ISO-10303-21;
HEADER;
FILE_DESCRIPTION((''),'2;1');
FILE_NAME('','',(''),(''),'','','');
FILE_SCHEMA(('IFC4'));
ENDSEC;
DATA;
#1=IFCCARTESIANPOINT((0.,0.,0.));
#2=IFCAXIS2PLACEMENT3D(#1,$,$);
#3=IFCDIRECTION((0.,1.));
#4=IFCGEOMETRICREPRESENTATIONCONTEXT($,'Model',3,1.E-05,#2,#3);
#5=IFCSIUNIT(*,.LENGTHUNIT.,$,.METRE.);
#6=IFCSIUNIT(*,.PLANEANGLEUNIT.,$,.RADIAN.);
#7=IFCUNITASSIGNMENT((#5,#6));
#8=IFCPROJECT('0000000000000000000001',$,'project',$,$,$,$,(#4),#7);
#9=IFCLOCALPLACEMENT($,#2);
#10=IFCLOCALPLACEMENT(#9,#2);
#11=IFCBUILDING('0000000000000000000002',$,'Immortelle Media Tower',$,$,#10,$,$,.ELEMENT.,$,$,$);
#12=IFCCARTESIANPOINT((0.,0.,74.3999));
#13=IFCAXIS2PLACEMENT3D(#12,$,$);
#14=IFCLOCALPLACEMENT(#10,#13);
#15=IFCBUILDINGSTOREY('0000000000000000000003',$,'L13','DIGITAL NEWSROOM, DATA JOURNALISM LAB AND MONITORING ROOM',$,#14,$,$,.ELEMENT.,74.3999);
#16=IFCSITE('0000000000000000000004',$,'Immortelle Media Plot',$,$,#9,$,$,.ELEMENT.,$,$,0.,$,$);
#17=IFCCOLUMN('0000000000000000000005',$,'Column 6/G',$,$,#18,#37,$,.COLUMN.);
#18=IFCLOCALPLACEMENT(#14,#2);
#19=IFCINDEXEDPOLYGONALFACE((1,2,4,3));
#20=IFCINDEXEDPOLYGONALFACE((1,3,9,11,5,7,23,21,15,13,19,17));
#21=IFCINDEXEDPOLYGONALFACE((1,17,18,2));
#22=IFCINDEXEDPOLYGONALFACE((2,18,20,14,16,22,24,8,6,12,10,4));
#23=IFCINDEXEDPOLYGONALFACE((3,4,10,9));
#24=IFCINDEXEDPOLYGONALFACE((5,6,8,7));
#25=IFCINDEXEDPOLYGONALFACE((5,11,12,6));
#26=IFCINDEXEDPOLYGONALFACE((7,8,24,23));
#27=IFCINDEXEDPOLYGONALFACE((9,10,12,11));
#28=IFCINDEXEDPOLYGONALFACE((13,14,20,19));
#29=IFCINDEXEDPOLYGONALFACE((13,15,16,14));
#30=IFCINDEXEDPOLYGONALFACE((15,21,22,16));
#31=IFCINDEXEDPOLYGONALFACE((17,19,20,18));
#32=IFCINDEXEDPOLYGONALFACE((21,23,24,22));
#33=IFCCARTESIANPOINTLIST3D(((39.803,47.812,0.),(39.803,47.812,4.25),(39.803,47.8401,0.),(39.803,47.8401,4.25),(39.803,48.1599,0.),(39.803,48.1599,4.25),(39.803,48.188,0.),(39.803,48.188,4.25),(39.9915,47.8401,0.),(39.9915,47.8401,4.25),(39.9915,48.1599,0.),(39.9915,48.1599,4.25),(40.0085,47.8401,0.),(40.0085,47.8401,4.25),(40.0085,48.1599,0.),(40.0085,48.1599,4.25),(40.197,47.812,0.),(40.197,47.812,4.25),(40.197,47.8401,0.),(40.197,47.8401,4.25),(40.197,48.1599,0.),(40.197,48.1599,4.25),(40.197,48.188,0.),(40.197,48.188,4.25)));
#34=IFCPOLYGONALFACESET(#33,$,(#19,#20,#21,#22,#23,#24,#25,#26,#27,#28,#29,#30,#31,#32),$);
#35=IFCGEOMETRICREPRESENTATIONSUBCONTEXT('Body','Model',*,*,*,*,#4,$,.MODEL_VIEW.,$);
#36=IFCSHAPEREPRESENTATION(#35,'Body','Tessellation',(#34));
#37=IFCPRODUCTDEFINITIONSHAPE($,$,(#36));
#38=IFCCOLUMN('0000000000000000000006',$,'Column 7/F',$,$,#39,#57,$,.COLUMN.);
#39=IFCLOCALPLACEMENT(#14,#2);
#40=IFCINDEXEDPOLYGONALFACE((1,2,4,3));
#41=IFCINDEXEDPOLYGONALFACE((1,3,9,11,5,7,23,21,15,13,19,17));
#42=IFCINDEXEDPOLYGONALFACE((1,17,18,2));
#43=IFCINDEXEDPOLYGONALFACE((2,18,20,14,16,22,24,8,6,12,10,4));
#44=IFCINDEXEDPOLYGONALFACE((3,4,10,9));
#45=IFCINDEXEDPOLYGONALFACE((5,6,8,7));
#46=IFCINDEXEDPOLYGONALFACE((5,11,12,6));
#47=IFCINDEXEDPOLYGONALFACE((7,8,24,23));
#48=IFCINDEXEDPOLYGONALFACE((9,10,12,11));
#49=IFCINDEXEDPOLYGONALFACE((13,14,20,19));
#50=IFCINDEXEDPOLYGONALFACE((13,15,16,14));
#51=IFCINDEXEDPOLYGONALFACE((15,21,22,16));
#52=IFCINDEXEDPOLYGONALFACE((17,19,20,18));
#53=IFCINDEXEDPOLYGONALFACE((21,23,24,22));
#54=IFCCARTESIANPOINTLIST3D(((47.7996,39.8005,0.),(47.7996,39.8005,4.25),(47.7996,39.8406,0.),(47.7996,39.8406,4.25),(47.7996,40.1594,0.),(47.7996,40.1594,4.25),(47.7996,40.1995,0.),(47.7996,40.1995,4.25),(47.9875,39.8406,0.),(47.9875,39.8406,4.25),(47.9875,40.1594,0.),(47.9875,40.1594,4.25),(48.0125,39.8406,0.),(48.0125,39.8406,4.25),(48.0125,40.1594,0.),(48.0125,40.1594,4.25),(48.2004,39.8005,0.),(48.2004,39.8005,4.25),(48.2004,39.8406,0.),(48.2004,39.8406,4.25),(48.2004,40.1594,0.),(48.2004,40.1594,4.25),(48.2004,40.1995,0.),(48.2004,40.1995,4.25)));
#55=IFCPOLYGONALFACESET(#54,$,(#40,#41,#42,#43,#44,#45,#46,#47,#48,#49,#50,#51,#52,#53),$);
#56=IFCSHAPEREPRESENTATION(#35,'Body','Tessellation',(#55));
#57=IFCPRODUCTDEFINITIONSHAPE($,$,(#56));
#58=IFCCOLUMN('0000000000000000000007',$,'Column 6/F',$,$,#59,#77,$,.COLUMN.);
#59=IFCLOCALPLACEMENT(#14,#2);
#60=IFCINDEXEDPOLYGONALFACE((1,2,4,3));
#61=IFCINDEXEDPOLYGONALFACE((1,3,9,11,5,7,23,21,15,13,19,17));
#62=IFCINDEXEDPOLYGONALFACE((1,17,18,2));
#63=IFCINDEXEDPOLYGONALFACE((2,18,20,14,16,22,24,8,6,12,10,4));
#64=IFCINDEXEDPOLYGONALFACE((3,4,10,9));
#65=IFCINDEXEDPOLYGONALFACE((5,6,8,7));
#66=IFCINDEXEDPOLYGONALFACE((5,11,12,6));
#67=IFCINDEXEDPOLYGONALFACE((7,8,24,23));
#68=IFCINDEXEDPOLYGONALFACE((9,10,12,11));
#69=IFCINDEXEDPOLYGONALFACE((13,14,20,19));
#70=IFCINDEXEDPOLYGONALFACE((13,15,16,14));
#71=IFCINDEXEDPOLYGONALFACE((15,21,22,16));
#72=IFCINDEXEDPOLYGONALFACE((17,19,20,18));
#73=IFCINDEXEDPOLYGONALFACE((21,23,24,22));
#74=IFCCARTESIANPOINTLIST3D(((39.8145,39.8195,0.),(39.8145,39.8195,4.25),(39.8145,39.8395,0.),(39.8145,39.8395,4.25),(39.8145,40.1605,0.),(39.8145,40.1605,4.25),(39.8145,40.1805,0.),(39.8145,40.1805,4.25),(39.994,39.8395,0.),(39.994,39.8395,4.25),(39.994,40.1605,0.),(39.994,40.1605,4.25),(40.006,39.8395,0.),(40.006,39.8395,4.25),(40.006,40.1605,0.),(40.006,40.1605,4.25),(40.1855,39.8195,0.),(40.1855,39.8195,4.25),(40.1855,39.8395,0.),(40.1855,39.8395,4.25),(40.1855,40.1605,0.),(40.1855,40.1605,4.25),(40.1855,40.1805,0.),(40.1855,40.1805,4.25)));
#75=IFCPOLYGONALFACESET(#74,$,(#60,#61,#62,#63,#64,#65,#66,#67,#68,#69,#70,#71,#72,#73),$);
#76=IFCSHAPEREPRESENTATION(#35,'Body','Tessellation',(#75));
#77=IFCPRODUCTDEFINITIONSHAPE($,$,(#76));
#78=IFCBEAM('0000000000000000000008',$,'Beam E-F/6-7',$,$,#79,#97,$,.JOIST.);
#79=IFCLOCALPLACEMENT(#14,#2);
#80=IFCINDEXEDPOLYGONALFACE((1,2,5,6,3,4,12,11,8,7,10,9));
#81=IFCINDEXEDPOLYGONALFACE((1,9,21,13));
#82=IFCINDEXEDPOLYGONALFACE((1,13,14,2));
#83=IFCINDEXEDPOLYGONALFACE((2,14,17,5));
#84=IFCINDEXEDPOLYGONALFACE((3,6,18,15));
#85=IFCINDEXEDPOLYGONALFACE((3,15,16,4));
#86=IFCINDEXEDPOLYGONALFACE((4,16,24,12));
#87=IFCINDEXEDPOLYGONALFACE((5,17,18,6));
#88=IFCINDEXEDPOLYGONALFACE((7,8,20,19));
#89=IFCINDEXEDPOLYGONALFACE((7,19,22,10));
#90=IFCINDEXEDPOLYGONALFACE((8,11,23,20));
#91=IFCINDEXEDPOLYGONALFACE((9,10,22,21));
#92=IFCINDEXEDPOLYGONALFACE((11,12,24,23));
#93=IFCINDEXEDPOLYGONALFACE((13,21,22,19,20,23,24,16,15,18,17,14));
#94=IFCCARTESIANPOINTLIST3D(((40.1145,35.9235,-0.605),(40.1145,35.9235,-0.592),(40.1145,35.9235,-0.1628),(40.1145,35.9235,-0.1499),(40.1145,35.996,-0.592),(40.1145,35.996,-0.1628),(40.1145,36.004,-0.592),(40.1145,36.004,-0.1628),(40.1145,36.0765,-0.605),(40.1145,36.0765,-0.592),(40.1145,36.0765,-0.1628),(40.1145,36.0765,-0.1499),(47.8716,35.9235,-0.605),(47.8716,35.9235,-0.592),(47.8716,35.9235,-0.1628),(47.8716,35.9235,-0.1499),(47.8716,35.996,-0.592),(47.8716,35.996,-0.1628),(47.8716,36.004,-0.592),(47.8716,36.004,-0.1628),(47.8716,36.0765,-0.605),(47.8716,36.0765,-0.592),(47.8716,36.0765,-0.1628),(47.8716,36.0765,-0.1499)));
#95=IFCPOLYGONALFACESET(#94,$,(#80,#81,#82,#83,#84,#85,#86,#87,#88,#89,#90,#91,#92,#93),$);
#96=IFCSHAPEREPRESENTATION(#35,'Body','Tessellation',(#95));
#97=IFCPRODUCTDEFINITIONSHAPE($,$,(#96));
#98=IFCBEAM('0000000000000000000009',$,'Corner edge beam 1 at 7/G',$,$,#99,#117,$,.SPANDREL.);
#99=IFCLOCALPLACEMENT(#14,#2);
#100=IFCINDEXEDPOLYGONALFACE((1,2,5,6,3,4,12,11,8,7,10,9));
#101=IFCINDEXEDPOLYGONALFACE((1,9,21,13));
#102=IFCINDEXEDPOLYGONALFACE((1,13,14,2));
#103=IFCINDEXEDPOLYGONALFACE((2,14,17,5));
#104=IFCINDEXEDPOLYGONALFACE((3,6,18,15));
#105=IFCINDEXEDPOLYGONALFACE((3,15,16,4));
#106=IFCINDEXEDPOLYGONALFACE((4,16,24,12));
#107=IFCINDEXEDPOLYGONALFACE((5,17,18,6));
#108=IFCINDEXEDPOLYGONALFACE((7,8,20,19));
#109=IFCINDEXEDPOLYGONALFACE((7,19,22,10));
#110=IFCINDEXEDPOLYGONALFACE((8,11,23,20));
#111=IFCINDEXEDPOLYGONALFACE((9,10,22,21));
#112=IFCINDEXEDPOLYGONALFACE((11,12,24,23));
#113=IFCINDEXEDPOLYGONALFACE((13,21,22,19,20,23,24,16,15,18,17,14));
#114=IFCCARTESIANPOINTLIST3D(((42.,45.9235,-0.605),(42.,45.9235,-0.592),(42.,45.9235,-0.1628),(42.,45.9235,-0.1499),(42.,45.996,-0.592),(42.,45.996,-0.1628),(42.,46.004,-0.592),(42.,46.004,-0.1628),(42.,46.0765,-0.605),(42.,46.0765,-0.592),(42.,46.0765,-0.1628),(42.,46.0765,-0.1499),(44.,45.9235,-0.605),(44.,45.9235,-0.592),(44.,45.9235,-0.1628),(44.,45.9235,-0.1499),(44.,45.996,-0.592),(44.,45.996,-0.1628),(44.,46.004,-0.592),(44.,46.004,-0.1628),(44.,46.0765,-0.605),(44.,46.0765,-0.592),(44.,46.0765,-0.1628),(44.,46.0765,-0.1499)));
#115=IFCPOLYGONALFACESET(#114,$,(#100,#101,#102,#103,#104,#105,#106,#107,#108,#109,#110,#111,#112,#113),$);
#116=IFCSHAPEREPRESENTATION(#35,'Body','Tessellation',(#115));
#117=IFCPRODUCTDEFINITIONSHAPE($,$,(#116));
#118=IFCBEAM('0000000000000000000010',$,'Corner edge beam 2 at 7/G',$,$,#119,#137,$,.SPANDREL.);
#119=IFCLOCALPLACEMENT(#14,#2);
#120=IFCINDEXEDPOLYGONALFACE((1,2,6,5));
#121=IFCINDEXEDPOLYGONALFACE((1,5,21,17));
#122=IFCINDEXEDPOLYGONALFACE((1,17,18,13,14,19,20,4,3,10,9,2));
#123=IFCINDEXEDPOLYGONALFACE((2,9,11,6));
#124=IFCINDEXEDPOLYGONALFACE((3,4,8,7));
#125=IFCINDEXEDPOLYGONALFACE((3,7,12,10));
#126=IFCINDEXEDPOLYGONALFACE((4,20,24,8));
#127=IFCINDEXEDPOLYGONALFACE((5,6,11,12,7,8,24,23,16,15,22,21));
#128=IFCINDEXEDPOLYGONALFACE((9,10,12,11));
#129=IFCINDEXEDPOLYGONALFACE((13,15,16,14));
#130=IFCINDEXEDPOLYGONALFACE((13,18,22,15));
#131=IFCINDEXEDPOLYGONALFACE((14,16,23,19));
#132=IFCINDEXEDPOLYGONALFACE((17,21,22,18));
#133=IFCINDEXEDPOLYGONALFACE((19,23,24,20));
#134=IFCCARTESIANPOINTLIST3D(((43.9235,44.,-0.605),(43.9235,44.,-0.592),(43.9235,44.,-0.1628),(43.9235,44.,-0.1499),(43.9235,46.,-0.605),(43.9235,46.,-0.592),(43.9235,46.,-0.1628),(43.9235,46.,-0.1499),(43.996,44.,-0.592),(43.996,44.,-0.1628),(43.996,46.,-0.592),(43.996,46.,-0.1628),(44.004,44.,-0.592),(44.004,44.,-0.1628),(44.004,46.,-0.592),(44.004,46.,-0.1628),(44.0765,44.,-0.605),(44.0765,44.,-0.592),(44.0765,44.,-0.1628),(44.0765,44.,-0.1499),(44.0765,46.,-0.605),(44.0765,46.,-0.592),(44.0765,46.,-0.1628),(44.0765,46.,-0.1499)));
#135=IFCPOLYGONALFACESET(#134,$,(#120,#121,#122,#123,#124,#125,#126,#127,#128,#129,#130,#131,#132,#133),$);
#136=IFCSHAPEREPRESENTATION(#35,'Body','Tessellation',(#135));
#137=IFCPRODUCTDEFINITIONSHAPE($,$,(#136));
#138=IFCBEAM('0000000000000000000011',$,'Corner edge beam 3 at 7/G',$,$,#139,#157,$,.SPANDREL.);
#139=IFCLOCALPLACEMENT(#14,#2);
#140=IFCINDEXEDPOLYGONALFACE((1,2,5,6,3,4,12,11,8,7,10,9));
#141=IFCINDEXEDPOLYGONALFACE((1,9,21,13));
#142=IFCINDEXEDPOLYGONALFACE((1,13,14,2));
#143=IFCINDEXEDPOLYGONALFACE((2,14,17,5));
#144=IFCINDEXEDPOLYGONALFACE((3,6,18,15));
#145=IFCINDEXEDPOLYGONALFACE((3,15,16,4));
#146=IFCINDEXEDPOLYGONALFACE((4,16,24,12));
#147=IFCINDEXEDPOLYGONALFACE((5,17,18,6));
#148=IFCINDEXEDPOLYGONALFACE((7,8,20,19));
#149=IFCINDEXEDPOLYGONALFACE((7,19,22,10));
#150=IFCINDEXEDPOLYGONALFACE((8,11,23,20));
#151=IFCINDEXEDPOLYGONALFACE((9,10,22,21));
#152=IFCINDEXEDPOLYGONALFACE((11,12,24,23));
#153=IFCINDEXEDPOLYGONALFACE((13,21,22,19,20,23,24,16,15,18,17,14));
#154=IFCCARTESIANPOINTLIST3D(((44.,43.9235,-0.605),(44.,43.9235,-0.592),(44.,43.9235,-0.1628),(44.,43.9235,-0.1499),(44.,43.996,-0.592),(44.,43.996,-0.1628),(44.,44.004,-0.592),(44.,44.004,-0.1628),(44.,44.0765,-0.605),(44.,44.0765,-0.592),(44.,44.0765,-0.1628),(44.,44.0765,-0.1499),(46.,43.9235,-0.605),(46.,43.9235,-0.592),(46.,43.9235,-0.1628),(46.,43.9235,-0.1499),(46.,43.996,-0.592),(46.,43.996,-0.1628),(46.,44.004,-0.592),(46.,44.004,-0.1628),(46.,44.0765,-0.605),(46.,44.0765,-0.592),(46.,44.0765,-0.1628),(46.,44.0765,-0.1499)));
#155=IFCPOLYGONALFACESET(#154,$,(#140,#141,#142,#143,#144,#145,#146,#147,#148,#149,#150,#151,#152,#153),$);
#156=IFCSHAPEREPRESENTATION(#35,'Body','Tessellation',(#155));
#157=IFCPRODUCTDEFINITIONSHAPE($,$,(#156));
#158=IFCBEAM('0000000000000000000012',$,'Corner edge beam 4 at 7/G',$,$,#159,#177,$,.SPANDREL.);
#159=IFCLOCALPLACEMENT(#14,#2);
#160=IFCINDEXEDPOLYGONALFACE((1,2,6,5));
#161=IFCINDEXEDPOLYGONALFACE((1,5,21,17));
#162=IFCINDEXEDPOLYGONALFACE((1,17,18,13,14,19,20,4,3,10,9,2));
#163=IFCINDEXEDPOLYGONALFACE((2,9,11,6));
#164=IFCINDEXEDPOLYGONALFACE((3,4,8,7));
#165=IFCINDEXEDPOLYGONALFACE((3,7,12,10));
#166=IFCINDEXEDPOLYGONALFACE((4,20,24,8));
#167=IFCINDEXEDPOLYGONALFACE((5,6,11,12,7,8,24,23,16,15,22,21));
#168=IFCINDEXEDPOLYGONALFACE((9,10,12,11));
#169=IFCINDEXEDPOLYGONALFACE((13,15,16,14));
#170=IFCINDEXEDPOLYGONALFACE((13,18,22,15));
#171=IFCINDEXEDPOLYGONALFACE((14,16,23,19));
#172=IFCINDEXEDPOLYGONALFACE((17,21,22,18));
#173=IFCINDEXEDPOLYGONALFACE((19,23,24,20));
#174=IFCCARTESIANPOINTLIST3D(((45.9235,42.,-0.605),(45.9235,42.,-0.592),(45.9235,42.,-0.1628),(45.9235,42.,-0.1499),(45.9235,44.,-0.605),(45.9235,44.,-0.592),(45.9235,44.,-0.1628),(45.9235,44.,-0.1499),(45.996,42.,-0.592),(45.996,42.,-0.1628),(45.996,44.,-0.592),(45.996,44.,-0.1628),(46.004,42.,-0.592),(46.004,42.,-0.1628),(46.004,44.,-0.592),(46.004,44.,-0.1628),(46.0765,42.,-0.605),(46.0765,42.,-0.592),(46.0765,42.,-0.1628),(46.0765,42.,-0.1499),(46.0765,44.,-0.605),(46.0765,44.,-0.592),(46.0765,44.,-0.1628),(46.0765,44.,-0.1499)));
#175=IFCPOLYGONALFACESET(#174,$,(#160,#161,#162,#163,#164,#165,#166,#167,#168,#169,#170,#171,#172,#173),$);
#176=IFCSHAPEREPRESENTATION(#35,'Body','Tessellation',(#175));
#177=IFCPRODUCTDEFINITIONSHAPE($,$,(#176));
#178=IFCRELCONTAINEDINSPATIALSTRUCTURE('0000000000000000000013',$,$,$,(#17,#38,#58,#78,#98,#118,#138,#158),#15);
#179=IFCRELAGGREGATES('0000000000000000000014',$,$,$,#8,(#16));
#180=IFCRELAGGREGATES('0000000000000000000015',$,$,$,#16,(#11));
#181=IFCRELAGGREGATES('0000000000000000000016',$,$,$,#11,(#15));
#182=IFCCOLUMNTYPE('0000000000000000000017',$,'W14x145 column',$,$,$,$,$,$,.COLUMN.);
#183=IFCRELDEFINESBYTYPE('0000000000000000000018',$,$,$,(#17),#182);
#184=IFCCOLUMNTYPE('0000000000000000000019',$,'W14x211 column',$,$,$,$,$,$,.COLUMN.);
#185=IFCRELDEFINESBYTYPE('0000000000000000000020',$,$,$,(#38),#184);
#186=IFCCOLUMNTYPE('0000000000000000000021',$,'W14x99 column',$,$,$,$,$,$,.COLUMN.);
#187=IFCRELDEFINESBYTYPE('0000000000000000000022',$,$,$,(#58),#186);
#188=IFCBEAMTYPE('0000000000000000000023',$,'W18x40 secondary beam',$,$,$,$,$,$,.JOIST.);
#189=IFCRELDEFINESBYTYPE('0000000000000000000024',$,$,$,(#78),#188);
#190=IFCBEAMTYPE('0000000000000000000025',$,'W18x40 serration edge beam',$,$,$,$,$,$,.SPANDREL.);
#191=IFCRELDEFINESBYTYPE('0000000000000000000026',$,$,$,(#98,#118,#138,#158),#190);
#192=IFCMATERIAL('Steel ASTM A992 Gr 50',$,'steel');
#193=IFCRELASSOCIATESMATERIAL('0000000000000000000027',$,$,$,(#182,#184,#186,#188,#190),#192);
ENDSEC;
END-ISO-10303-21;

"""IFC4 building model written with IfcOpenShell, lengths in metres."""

from ifc_helpers import new_model, si_unit, direction, frame, origin, origin_2d, place, context, subcontext, project, spatial, i_section, extrude, material, material_profile, profile_set, type_object, element, save


model = new_model("IFC4")

# Units and contexts
model_context = context("Model", 3, precision=1e-05, world=origin(), true_north=direction((0.0, 1.0)))
body_context = subcontext(model_context, "Body", "Model", "MODEL_VIEW")
ifc_project = project(units=[si_unit("LENGTHUNIT", "METRE"), si_unit("PLANEANGLEUNIT", "RADIAN")], contexts=[model_context])

# Site, building, storey
site_placement = place(None, origin())
site = spatial("IfcSite", under=ifc_project, at=site_placement, Name="Immortelle Media Plot", CompositionType="ELEMENT", RefElevation=0.0)
building_placement = place(site_placement, origin())
building = spatial("IfcBuilding", under=site, at=building_placement, Name="Immortelle Media Tower", CompositionType="ELEMENT")
storey_placement = place(building_placement, frame((0.0, 0.0, 74.3999)))
storey = spatial("IfcBuildingStorey", under=building, at=storey_placement, Name="L13", Description="DIGITAL NEWSROOM, DATA JOURNALISM LAB AND MONITORING ROOM", CompositionType="ELEMENT", Elevation=74.3999)

# Columns
ifc_material_1 = material(Name="Steel ASTM A992 Gr 50", Category="steel")
ifc_material_profile_1 = material_profile(ifc_material_1, i_section(OverallWidth=0.394, OverallDepth=0.376, WebThickness=0.0171, FlangeThickness=0.0281, at=origin_2d()), Name="W14x145")
ifc_profile_set_1 = profile_set([ifc_material_profile_1], Name="Steel ASTM A992 Gr 50")
column_type_1 = type_object("IfcColumnType", Name="W14x145 column", PredefinedType="COLUMN", material=ifc_profile_set_1)
column_1_placement = place(storey_placement, frame((40.0, 48.0, 0.0), z_axis=(0.0, 0.0, 1.0), x_axis=(1.0, 0.0, 0.0)))
element("IfcColumn", 1, at=column_1_placement, inside=storey, type_object=column_type_1, Name="Column 6/G", PredefinedType="COLUMN", context=body_context, shape_type="SweptSolid", body=[
    extrude(i_section(OverallWidth=0.394, OverallDepth=0.376, WebThickness=0.0171, FlangeThickness=0.0281, at=origin_2d()), origin(), (0.0, 0.0, 1.0), 4.25),
])
ifc_material_profile_2 = material_profile(ifc_material_1, i_section(OverallWidth=0.4009, OverallDepth=0.3989, WebThickness=0.0249, FlangeThickness=0.04, at=origin_2d()), Name="W14x211")
ifc_profile_set_2 = profile_set([ifc_material_profile_2], Name="Steel ASTM A992 Gr 50")
column_type_2 = type_object("IfcColumnType", Name="W14x211 column", PredefinedType="COLUMN", material=ifc_profile_set_2)
column_2_placement = place(storey_placement, frame((48.0, 40.0, 0.0), z_axis=(0.0, 0.0, 1.0), x_axis=(1.0, 0.0, 0.0)))
element("IfcColumn", 2, at=column_2_placement, inside=storey, type_object=column_type_2, Name="Column 7/F", PredefinedType="COLUMN", context=body_context, shape_type="SweptSolid", body=[
    extrude(i_section(OverallWidth=0.4009, OverallDepth=0.3989, WebThickness=0.0249, FlangeThickness=0.04, at=origin_2d()), origin(), (0.0, 0.0, 1.0), 4.25),
])
ifc_material_profile_3 = material_profile(ifc_material_1, i_section(OverallWidth=0.3711, OverallDepth=0.3611, WebThickness=0.012, FlangeThickness=0.02, at=origin_2d()), Name="W14x99")
ifc_profile_set_3 = profile_set([ifc_material_profile_3], Name="Steel ASTM A992 Gr 50")
column_type_3 = type_object("IfcColumnType", Name="W14x99 column", PredefinedType="COLUMN", material=ifc_profile_set_3)
column_3_placement = place(storey_placement, frame((40.0, 40.0, 0.0), z_axis=(0.0, 0.0, 1.0), x_axis=(1.0, 0.0, 0.0)))
element("IfcColumn", 3, at=column_3_placement, inside=storey, type_object=column_type_3, Name="Column 6/F", PredefinedType="COLUMN", context=body_context, shape_type="SweptSolid", body=[
    extrude(i_section(OverallWidth=0.3711, OverallDepth=0.3611, WebThickness=0.012, FlangeThickness=0.02, at=origin_2d()), origin(), (0.0, 0.0, 1.0), 4.25),
])

# Beams
ifc_material_profile_4 = material_profile(ifc_material_1, i_section(OverallWidth=0.1531, OverallDepth=0.4551, WebThickness=0.0081, FlangeThickness=0.0129, at=origin_2d()), Name="W18x40")
ifc_profile_set_4 = profile_set([ifc_material_profile_4], Name="Steel ASTM A992 Gr 50")
beam_type_1 = type_object("IfcBeamType", Name="W18x40 secondary beam", PredefinedType="JOIST", material=ifc_profile_set_4)
beam_1_placement = place(storey_placement, frame((40.1145, 36.0, -0.3774), z_axis=(1.0, 0.0, 0.0), x_axis=(0.0, 1.0, 0.0)))
element("IfcBeam", 4, at=beam_1_placement, inside=storey, type_object=beam_type_1, Name="Beam E-F/6-7", PredefinedType="JOIST", context=body_context, shape_type="SweptSolid", body=[
    extrude(i_section(OverallWidth=0.1531, OverallDepth=0.4551, WebThickness=0.0081, FlangeThickness=0.0129, at=origin_2d()), origin(), (0.0, 0.0, 1.0), 7.7571),
])
ifc_material_profile_5 = material_profile(ifc_material_1, i_section(OverallWidth=0.1531, OverallDepth=0.4551, WebThickness=0.0081, FlangeThickness=0.0129, at=origin_2d()), Name="W18x40")
ifc_profile_set_5 = profile_set([ifc_material_profile_5], Name="Steel ASTM A992 Gr 50")
beam_type_2 = type_object("IfcBeamType", Name="W18x40 serration edge beam", PredefinedType="SPANDREL", material=ifc_profile_set_5)
for number, where, z_axis, x_axis, name in (
    (5, (42.0, 46.0, -0.3774), (1.0, 0.0, 0.0), (0.0, 1.0, 0.0), "Corner edge beam 1 at 7/G"),
    (6, (44.0, 46.0, -0.3774), (0.0, -1.0, 0.0), (1.0, 0.0, 0.0), "Corner edge beam 2 at 7/G"),
    (7, (44.0, 44.0, -0.3774), (1.0, 0.0, 0.0), (0.0, 1.0, 0.0), "Corner edge beam 3 at 7/G"),
    (8, (46.0, 44.0, -0.3774), (0.0, -1.0, 0.0), (1.0, 0.0, 0.0), "Corner edge beam 4 at 7/G"),
):
    element("IfcBeam", number, at=place(storey_placement, frame(where, z_axis=z_axis, x_axis=x_axis)), inside=storey, type_object=beam_type_2, Name=name, PredefinedType="SPANDREL", context=body_context, shape_type="SweptSolid", body=[
        extrude(i_section(OverallWidth=0.1531, OverallDepth=0.4551, WebThickness=0.0081, FlangeThickness=0.0129, at=origin_2d()), origin(), (0.0, 0.0, 1.0), 2.0),
    ])

save(model, "model.ifc")
